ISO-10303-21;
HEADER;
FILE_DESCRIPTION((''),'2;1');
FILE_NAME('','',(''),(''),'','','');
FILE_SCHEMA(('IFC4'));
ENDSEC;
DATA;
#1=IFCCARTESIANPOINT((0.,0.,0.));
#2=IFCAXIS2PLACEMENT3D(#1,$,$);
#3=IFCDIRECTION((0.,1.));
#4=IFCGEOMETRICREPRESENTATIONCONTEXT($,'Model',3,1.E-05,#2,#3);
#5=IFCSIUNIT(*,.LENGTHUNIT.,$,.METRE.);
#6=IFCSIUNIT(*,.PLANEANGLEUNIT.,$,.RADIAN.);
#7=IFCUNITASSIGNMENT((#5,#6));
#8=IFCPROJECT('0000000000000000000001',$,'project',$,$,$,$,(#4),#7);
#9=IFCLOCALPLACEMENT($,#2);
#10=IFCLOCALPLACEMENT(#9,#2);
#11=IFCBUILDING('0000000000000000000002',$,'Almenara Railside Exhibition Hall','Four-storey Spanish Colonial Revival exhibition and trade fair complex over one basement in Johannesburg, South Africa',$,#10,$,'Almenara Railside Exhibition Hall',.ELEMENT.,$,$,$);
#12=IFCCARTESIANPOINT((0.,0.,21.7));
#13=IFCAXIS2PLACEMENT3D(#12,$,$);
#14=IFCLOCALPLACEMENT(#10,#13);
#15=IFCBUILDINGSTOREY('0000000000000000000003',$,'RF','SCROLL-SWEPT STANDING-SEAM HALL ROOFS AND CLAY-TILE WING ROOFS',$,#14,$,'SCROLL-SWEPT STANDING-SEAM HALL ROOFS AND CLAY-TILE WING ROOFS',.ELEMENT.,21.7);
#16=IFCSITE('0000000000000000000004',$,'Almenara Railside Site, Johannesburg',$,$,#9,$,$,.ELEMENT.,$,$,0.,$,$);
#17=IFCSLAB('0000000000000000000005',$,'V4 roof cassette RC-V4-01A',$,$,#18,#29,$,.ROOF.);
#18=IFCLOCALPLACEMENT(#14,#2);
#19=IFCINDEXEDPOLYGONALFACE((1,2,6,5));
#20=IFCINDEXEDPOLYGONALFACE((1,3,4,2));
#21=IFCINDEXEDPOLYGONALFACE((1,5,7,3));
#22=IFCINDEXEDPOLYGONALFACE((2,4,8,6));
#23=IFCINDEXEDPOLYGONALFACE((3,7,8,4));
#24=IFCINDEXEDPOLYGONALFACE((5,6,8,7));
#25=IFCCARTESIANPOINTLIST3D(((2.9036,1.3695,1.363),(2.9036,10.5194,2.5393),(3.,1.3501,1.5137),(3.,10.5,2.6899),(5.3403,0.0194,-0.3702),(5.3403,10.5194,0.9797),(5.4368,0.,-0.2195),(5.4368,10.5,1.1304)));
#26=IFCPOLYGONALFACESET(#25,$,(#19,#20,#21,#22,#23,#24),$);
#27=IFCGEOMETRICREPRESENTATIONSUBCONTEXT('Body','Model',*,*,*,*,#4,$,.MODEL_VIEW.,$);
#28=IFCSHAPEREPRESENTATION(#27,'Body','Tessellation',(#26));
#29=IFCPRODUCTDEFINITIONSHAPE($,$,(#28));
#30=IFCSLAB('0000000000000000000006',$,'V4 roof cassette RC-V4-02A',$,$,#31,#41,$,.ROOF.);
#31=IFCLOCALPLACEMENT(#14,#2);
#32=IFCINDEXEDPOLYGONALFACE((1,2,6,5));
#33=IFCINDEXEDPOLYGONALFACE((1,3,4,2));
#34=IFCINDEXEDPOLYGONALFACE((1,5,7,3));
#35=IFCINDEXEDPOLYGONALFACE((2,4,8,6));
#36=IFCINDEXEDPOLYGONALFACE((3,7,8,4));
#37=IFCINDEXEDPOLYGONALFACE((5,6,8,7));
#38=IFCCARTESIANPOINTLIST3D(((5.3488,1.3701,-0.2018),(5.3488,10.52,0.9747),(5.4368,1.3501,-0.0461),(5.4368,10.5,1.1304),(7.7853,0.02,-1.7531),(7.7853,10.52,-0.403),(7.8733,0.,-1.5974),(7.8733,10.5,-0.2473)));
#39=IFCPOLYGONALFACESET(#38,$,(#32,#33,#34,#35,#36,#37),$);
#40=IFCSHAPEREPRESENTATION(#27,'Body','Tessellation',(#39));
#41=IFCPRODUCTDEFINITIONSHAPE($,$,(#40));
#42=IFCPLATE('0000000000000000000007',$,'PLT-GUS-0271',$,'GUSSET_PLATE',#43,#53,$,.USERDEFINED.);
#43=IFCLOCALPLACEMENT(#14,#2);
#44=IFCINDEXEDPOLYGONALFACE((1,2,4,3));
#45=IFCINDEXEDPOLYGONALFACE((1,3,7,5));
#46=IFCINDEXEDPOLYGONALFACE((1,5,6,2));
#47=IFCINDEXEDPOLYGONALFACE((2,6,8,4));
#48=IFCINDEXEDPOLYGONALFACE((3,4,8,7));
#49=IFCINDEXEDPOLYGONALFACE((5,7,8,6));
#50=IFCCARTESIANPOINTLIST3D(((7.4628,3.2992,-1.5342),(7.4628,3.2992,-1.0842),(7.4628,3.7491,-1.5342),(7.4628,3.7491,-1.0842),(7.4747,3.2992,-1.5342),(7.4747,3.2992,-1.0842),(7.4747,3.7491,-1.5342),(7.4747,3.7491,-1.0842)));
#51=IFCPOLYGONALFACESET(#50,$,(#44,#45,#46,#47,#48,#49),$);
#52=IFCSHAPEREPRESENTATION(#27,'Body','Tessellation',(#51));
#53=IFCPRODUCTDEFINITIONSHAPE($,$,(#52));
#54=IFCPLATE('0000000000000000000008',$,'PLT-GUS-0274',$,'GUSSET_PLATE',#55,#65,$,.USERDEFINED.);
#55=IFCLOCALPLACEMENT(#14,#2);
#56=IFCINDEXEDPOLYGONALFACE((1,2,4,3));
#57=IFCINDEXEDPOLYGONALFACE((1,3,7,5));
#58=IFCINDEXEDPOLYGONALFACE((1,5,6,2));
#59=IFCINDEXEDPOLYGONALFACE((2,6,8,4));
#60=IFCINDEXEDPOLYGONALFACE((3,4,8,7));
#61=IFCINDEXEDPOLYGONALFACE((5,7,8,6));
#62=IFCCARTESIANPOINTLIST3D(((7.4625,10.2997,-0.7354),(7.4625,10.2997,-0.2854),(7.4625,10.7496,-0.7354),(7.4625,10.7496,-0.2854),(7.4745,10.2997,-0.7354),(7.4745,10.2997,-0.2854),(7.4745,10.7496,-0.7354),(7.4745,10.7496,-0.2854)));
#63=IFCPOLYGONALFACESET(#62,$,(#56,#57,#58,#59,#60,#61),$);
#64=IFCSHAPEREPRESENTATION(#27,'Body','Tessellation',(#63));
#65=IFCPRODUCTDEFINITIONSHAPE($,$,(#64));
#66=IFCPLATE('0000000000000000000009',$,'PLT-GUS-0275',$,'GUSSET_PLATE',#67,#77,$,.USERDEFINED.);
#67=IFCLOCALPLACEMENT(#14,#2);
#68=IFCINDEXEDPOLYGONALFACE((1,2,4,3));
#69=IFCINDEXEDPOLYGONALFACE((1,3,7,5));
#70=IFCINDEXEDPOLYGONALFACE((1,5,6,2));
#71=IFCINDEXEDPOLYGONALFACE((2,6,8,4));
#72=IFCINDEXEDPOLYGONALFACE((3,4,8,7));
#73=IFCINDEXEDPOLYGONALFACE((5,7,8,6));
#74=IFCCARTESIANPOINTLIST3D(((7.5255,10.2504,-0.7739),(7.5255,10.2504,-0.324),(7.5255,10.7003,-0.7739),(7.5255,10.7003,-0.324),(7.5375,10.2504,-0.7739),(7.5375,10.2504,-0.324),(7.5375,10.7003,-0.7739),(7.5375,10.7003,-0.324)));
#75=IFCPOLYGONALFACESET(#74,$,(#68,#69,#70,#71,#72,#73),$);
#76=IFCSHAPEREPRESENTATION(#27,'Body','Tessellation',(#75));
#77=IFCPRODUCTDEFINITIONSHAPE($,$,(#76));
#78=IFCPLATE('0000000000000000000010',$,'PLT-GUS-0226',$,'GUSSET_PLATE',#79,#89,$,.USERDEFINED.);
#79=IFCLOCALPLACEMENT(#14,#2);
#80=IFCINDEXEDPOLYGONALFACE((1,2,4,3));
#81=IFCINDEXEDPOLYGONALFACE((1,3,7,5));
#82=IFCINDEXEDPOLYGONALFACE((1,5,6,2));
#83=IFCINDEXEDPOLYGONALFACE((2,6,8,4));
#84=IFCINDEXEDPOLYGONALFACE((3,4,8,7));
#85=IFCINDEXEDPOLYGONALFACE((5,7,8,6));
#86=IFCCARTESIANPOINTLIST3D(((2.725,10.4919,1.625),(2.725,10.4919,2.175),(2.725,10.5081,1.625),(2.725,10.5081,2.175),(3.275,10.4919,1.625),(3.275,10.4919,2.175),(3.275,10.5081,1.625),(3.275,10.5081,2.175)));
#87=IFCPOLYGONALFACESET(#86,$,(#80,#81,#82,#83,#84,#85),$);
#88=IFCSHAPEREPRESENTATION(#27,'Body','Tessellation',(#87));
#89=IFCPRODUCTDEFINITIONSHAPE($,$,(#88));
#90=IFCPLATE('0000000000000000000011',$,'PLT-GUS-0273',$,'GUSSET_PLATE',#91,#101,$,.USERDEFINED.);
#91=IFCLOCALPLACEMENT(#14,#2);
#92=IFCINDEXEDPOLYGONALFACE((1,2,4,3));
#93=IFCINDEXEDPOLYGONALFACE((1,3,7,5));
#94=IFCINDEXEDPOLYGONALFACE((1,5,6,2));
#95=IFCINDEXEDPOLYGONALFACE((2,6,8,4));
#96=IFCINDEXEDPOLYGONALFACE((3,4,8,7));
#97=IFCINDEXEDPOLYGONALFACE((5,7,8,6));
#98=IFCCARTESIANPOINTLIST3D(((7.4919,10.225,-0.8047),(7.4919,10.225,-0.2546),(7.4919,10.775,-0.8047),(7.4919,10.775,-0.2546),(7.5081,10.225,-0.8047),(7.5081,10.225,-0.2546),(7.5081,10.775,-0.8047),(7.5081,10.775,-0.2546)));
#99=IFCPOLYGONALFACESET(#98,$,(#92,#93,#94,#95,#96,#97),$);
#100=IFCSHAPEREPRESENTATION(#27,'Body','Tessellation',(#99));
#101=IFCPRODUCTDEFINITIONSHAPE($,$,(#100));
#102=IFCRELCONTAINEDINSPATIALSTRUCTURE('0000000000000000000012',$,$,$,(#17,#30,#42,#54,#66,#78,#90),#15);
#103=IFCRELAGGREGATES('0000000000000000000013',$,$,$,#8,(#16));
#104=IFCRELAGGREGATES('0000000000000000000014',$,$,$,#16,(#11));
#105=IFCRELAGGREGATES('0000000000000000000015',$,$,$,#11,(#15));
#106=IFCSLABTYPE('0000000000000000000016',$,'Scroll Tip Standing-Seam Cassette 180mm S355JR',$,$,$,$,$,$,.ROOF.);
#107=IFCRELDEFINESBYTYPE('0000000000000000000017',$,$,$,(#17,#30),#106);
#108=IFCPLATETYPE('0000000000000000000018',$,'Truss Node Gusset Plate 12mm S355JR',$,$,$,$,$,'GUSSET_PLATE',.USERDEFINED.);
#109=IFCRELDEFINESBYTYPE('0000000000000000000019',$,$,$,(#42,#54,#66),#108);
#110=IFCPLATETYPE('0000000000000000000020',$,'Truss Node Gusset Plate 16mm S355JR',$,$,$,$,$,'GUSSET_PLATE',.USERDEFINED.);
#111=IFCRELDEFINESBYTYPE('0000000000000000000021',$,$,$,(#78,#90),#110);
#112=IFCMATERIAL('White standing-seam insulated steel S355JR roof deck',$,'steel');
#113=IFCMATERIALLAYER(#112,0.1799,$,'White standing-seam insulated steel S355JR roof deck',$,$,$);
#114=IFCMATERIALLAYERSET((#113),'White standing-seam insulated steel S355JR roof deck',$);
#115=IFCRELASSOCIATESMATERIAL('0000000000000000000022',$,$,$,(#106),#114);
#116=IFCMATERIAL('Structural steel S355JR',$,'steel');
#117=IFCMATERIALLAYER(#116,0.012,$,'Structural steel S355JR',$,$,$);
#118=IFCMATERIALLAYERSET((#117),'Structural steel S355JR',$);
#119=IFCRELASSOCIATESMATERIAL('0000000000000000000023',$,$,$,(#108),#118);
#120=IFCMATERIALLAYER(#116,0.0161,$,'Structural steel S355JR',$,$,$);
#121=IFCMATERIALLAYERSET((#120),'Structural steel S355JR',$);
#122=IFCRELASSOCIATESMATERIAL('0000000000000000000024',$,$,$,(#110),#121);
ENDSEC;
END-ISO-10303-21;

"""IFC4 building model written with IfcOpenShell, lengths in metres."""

from ifc_helpers import new_model, si_unit, direction, frame, origin, origin_2d, place, context, subcontext, project, spatial, polyline, rectangle, outline, extrude, material, layer, layer_set, type_object, element, save


model = new_model("IFC4")

# Units and contexts
model_context = context("Model", 3, precision=1e-05, world=origin(), true_north=direction((0.0, 1.0)))
body_context = subcontext(model_context, "Body", "Model", "MODEL_VIEW")
ifc_project = project(units=[si_unit("LENGTHUNIT", "METRE"), si_unit("PLANEANGLEUNIT", "RADIAN")], contexts=[model_context])

# Site, building, storey
site_placement = place(None, origin())
site = spatial("IfcSite", under=ifc_project, at=site_placement, Name="Almenara Railside Site, Johannesburg", CompositionType="ELEMENT", RefElevation=0.0)
building_placement = place(site_placement, origin())
building = spatial("IfcBuilding", under=site, at=building_placement, Name="Almenara Railside Exhibition Hall", Description="Four-storey Spanish Colonial Revival exhibition and trade fair complex over one basement in Johannesburg, South Africa", LongName="Almenara Railside Exhibition Hall", CompositionType="ELEMENT")
storey_placement = place(building_placement, frame((0.0, 0.0, 21.7)))
storey = spatial("IfcBuildingStorey", under=building, at=storey_placement, Name="RF", Description="SCROLL-SWEPT STANDING-SEAM HALL ROOFS AND CLAY-TILE WING ROOFS", LongName="SCROLL-SWEPT STANDING-SEAM HALL ROOFS AND CLAY-TILE WING ROOFS", CompositionType="ELEMENT", Elevation=21.7)

# Shared definitions
ifc_material_1 = material(Name="Structural steel S355JR", Category="steel")

# Slabs
ifc_material_2 = material(Name="White standing-seam insulated steel S355JR roof deck", Category="steel")
ifc_layer_1 = layer(ifc_material_2, 0.1799, Name="White standing-seam insulated steel S355JR roof deck")
ifc_layer_set_1 = layer_set([ifc_layer_1], Name="White standing-seam insulated steel S355JR roof deck")
slab_type_1 = type_object("IfcSlabType", Name="Scroll Tip Standing-Seam Cassette 180mm S355JR", PredefinedType="ROOF", material=ifc_layer_set_1)
slab_1_placement = place(storey_placement, frame((3.0, 10.5, 2.6899), z_axis=(0.535933, -0.107649, 0.837369), x_axis=(0.842264, 0.0, -0.539066)))
element("IfcSlab", 1, at=slab_1_placement, inside=storey, type_object=slab_type_1, Name="V4 roof cassette RC-V4-01A", PredefinedType="ROOF", context=body_context, shape_type="SweptSolid", body=[
    extrude(outline(polyline([(0.0, 0.0), (2.8931, 0.0), (3.6208, -10.5614), (0.6341, -9.2034), (0.0, 0.0)])), origin(), (0.0, 0.0, -1.0), 0.1799),
])
slab_2_placement = place(storey_placement, frame((5.4368, 10.5, 1.1304), z_axis=(0.489142, -0.111233, 0.865082), x_axis=(0.870484, 0.0, -0.492196)))
element("IfcSlab", 2, at=slab_2_placement, inside=storey, type_object=slab_type_1, Name="V4 roof cassette RC-V4-02A", PredefinedType="ROOF", context=body_context, shape_type="SweptSolid", body=[
    extrude(outline(polyline([(0.0, 0.0), (2.799, 0.0), (3.4636, -10.5656), (0.5791, -9.207), (0.0, 0.0)])), origin(), (0.0, 0.0, -1.0), 0.1799),
])

# Plates
ifc_layer_2 = layer(ifc_material_1, 0.012, Name="Structural steel S355JR")
ifc_layer_set_2 = layer_set([ifc_layer_2], Name="Structural steel S355JR")
plate_type_1 = type_object("IfcPlateType", Name="Truss Node Gusset Plate 12mm S355JR", ElementType="GUSSET_PLATE", PredefinedType="USERDEFINED", material=ifc_layer_set_2)
for number, where, z_axis, x_axis, name in (
    (3, (7.4688, 3.5242, -1.5342), (0.0, 0.0, 1.0), (0.0, 1.0, 0.0), "PLT-GUS-0271"),
    (4, (7.4685, 10.5247, -0.7354), (0.0, 0.0, 1.0), (0.0, 1.0, 0.0), "PLT-GUS-0274"),
    (5, (7.5315, 10.4753, -0.7739), (0.0, 0.0, 1.0), (0.0, 1.0, 0.0), "PLT-GUS-0275"),
):
    element("IfcPlate", number, at=place(storey_placement, frame(where, z_axis=z_axis, x_axis=x_axis)), inside=storey, type_object=plate_type_1, Name=name, ObjectType="GUSSET_PLATE", PredefinedType="USERDEFINED", context=body_context, shape_type="SweptSolid", body=[
        extrude(rectangle(XDim=0.45, YDim=0.012, at=origin_2d()), origin(), (0.0, 0.0, 1.0), 0.45),
    ])
ifc_layer_3 = layer(ifc_material_1, 0.0161, Name="Structural steel S355JR")
ifc_layer_set_3 = layer_set([ifc_layer_3], Name="Structural steel S355JR")
plate_type_2 = type_object("IfcPlateType", Name="Truss Node Gusset Plate 16mm S355JR", ElementType="GUSSET_PLATE", PredefinedType="USERDEFINED", material=ifc_layer_set_3)
for number, where, z_axis, x_axis, name in (
    (6, (3.0, 10.5, 1.625), (0.0, 0.0, 1.0), (1.0, 0.0, 0.0), "PLT-GUS-0226"),
    (7, (7.5, 10.5, -0.8047), (0.0, 0.0, 1.0), (0.0, 1.0, 0.0), "PLT-GUS-0273"),
):
    element("IfcPlate", number, at=place(storey_placement, frame(where, z_axis=z_axis, x_axis=x_axis)), inside=storey, type_object=plate_type_2, Name=name, ObjectType="GUSSET_PLATE", PredefinedType="USERDEFINED", context=body_context, shape_type="SweptSolid", body=[
        extrude(rectangle(XDim=0.55, YDim=0.0161, at=origin_2d()), origin(), (0.0, 0.0, 1.0), 0.55),
    ])

save(model, "model.ifc")
